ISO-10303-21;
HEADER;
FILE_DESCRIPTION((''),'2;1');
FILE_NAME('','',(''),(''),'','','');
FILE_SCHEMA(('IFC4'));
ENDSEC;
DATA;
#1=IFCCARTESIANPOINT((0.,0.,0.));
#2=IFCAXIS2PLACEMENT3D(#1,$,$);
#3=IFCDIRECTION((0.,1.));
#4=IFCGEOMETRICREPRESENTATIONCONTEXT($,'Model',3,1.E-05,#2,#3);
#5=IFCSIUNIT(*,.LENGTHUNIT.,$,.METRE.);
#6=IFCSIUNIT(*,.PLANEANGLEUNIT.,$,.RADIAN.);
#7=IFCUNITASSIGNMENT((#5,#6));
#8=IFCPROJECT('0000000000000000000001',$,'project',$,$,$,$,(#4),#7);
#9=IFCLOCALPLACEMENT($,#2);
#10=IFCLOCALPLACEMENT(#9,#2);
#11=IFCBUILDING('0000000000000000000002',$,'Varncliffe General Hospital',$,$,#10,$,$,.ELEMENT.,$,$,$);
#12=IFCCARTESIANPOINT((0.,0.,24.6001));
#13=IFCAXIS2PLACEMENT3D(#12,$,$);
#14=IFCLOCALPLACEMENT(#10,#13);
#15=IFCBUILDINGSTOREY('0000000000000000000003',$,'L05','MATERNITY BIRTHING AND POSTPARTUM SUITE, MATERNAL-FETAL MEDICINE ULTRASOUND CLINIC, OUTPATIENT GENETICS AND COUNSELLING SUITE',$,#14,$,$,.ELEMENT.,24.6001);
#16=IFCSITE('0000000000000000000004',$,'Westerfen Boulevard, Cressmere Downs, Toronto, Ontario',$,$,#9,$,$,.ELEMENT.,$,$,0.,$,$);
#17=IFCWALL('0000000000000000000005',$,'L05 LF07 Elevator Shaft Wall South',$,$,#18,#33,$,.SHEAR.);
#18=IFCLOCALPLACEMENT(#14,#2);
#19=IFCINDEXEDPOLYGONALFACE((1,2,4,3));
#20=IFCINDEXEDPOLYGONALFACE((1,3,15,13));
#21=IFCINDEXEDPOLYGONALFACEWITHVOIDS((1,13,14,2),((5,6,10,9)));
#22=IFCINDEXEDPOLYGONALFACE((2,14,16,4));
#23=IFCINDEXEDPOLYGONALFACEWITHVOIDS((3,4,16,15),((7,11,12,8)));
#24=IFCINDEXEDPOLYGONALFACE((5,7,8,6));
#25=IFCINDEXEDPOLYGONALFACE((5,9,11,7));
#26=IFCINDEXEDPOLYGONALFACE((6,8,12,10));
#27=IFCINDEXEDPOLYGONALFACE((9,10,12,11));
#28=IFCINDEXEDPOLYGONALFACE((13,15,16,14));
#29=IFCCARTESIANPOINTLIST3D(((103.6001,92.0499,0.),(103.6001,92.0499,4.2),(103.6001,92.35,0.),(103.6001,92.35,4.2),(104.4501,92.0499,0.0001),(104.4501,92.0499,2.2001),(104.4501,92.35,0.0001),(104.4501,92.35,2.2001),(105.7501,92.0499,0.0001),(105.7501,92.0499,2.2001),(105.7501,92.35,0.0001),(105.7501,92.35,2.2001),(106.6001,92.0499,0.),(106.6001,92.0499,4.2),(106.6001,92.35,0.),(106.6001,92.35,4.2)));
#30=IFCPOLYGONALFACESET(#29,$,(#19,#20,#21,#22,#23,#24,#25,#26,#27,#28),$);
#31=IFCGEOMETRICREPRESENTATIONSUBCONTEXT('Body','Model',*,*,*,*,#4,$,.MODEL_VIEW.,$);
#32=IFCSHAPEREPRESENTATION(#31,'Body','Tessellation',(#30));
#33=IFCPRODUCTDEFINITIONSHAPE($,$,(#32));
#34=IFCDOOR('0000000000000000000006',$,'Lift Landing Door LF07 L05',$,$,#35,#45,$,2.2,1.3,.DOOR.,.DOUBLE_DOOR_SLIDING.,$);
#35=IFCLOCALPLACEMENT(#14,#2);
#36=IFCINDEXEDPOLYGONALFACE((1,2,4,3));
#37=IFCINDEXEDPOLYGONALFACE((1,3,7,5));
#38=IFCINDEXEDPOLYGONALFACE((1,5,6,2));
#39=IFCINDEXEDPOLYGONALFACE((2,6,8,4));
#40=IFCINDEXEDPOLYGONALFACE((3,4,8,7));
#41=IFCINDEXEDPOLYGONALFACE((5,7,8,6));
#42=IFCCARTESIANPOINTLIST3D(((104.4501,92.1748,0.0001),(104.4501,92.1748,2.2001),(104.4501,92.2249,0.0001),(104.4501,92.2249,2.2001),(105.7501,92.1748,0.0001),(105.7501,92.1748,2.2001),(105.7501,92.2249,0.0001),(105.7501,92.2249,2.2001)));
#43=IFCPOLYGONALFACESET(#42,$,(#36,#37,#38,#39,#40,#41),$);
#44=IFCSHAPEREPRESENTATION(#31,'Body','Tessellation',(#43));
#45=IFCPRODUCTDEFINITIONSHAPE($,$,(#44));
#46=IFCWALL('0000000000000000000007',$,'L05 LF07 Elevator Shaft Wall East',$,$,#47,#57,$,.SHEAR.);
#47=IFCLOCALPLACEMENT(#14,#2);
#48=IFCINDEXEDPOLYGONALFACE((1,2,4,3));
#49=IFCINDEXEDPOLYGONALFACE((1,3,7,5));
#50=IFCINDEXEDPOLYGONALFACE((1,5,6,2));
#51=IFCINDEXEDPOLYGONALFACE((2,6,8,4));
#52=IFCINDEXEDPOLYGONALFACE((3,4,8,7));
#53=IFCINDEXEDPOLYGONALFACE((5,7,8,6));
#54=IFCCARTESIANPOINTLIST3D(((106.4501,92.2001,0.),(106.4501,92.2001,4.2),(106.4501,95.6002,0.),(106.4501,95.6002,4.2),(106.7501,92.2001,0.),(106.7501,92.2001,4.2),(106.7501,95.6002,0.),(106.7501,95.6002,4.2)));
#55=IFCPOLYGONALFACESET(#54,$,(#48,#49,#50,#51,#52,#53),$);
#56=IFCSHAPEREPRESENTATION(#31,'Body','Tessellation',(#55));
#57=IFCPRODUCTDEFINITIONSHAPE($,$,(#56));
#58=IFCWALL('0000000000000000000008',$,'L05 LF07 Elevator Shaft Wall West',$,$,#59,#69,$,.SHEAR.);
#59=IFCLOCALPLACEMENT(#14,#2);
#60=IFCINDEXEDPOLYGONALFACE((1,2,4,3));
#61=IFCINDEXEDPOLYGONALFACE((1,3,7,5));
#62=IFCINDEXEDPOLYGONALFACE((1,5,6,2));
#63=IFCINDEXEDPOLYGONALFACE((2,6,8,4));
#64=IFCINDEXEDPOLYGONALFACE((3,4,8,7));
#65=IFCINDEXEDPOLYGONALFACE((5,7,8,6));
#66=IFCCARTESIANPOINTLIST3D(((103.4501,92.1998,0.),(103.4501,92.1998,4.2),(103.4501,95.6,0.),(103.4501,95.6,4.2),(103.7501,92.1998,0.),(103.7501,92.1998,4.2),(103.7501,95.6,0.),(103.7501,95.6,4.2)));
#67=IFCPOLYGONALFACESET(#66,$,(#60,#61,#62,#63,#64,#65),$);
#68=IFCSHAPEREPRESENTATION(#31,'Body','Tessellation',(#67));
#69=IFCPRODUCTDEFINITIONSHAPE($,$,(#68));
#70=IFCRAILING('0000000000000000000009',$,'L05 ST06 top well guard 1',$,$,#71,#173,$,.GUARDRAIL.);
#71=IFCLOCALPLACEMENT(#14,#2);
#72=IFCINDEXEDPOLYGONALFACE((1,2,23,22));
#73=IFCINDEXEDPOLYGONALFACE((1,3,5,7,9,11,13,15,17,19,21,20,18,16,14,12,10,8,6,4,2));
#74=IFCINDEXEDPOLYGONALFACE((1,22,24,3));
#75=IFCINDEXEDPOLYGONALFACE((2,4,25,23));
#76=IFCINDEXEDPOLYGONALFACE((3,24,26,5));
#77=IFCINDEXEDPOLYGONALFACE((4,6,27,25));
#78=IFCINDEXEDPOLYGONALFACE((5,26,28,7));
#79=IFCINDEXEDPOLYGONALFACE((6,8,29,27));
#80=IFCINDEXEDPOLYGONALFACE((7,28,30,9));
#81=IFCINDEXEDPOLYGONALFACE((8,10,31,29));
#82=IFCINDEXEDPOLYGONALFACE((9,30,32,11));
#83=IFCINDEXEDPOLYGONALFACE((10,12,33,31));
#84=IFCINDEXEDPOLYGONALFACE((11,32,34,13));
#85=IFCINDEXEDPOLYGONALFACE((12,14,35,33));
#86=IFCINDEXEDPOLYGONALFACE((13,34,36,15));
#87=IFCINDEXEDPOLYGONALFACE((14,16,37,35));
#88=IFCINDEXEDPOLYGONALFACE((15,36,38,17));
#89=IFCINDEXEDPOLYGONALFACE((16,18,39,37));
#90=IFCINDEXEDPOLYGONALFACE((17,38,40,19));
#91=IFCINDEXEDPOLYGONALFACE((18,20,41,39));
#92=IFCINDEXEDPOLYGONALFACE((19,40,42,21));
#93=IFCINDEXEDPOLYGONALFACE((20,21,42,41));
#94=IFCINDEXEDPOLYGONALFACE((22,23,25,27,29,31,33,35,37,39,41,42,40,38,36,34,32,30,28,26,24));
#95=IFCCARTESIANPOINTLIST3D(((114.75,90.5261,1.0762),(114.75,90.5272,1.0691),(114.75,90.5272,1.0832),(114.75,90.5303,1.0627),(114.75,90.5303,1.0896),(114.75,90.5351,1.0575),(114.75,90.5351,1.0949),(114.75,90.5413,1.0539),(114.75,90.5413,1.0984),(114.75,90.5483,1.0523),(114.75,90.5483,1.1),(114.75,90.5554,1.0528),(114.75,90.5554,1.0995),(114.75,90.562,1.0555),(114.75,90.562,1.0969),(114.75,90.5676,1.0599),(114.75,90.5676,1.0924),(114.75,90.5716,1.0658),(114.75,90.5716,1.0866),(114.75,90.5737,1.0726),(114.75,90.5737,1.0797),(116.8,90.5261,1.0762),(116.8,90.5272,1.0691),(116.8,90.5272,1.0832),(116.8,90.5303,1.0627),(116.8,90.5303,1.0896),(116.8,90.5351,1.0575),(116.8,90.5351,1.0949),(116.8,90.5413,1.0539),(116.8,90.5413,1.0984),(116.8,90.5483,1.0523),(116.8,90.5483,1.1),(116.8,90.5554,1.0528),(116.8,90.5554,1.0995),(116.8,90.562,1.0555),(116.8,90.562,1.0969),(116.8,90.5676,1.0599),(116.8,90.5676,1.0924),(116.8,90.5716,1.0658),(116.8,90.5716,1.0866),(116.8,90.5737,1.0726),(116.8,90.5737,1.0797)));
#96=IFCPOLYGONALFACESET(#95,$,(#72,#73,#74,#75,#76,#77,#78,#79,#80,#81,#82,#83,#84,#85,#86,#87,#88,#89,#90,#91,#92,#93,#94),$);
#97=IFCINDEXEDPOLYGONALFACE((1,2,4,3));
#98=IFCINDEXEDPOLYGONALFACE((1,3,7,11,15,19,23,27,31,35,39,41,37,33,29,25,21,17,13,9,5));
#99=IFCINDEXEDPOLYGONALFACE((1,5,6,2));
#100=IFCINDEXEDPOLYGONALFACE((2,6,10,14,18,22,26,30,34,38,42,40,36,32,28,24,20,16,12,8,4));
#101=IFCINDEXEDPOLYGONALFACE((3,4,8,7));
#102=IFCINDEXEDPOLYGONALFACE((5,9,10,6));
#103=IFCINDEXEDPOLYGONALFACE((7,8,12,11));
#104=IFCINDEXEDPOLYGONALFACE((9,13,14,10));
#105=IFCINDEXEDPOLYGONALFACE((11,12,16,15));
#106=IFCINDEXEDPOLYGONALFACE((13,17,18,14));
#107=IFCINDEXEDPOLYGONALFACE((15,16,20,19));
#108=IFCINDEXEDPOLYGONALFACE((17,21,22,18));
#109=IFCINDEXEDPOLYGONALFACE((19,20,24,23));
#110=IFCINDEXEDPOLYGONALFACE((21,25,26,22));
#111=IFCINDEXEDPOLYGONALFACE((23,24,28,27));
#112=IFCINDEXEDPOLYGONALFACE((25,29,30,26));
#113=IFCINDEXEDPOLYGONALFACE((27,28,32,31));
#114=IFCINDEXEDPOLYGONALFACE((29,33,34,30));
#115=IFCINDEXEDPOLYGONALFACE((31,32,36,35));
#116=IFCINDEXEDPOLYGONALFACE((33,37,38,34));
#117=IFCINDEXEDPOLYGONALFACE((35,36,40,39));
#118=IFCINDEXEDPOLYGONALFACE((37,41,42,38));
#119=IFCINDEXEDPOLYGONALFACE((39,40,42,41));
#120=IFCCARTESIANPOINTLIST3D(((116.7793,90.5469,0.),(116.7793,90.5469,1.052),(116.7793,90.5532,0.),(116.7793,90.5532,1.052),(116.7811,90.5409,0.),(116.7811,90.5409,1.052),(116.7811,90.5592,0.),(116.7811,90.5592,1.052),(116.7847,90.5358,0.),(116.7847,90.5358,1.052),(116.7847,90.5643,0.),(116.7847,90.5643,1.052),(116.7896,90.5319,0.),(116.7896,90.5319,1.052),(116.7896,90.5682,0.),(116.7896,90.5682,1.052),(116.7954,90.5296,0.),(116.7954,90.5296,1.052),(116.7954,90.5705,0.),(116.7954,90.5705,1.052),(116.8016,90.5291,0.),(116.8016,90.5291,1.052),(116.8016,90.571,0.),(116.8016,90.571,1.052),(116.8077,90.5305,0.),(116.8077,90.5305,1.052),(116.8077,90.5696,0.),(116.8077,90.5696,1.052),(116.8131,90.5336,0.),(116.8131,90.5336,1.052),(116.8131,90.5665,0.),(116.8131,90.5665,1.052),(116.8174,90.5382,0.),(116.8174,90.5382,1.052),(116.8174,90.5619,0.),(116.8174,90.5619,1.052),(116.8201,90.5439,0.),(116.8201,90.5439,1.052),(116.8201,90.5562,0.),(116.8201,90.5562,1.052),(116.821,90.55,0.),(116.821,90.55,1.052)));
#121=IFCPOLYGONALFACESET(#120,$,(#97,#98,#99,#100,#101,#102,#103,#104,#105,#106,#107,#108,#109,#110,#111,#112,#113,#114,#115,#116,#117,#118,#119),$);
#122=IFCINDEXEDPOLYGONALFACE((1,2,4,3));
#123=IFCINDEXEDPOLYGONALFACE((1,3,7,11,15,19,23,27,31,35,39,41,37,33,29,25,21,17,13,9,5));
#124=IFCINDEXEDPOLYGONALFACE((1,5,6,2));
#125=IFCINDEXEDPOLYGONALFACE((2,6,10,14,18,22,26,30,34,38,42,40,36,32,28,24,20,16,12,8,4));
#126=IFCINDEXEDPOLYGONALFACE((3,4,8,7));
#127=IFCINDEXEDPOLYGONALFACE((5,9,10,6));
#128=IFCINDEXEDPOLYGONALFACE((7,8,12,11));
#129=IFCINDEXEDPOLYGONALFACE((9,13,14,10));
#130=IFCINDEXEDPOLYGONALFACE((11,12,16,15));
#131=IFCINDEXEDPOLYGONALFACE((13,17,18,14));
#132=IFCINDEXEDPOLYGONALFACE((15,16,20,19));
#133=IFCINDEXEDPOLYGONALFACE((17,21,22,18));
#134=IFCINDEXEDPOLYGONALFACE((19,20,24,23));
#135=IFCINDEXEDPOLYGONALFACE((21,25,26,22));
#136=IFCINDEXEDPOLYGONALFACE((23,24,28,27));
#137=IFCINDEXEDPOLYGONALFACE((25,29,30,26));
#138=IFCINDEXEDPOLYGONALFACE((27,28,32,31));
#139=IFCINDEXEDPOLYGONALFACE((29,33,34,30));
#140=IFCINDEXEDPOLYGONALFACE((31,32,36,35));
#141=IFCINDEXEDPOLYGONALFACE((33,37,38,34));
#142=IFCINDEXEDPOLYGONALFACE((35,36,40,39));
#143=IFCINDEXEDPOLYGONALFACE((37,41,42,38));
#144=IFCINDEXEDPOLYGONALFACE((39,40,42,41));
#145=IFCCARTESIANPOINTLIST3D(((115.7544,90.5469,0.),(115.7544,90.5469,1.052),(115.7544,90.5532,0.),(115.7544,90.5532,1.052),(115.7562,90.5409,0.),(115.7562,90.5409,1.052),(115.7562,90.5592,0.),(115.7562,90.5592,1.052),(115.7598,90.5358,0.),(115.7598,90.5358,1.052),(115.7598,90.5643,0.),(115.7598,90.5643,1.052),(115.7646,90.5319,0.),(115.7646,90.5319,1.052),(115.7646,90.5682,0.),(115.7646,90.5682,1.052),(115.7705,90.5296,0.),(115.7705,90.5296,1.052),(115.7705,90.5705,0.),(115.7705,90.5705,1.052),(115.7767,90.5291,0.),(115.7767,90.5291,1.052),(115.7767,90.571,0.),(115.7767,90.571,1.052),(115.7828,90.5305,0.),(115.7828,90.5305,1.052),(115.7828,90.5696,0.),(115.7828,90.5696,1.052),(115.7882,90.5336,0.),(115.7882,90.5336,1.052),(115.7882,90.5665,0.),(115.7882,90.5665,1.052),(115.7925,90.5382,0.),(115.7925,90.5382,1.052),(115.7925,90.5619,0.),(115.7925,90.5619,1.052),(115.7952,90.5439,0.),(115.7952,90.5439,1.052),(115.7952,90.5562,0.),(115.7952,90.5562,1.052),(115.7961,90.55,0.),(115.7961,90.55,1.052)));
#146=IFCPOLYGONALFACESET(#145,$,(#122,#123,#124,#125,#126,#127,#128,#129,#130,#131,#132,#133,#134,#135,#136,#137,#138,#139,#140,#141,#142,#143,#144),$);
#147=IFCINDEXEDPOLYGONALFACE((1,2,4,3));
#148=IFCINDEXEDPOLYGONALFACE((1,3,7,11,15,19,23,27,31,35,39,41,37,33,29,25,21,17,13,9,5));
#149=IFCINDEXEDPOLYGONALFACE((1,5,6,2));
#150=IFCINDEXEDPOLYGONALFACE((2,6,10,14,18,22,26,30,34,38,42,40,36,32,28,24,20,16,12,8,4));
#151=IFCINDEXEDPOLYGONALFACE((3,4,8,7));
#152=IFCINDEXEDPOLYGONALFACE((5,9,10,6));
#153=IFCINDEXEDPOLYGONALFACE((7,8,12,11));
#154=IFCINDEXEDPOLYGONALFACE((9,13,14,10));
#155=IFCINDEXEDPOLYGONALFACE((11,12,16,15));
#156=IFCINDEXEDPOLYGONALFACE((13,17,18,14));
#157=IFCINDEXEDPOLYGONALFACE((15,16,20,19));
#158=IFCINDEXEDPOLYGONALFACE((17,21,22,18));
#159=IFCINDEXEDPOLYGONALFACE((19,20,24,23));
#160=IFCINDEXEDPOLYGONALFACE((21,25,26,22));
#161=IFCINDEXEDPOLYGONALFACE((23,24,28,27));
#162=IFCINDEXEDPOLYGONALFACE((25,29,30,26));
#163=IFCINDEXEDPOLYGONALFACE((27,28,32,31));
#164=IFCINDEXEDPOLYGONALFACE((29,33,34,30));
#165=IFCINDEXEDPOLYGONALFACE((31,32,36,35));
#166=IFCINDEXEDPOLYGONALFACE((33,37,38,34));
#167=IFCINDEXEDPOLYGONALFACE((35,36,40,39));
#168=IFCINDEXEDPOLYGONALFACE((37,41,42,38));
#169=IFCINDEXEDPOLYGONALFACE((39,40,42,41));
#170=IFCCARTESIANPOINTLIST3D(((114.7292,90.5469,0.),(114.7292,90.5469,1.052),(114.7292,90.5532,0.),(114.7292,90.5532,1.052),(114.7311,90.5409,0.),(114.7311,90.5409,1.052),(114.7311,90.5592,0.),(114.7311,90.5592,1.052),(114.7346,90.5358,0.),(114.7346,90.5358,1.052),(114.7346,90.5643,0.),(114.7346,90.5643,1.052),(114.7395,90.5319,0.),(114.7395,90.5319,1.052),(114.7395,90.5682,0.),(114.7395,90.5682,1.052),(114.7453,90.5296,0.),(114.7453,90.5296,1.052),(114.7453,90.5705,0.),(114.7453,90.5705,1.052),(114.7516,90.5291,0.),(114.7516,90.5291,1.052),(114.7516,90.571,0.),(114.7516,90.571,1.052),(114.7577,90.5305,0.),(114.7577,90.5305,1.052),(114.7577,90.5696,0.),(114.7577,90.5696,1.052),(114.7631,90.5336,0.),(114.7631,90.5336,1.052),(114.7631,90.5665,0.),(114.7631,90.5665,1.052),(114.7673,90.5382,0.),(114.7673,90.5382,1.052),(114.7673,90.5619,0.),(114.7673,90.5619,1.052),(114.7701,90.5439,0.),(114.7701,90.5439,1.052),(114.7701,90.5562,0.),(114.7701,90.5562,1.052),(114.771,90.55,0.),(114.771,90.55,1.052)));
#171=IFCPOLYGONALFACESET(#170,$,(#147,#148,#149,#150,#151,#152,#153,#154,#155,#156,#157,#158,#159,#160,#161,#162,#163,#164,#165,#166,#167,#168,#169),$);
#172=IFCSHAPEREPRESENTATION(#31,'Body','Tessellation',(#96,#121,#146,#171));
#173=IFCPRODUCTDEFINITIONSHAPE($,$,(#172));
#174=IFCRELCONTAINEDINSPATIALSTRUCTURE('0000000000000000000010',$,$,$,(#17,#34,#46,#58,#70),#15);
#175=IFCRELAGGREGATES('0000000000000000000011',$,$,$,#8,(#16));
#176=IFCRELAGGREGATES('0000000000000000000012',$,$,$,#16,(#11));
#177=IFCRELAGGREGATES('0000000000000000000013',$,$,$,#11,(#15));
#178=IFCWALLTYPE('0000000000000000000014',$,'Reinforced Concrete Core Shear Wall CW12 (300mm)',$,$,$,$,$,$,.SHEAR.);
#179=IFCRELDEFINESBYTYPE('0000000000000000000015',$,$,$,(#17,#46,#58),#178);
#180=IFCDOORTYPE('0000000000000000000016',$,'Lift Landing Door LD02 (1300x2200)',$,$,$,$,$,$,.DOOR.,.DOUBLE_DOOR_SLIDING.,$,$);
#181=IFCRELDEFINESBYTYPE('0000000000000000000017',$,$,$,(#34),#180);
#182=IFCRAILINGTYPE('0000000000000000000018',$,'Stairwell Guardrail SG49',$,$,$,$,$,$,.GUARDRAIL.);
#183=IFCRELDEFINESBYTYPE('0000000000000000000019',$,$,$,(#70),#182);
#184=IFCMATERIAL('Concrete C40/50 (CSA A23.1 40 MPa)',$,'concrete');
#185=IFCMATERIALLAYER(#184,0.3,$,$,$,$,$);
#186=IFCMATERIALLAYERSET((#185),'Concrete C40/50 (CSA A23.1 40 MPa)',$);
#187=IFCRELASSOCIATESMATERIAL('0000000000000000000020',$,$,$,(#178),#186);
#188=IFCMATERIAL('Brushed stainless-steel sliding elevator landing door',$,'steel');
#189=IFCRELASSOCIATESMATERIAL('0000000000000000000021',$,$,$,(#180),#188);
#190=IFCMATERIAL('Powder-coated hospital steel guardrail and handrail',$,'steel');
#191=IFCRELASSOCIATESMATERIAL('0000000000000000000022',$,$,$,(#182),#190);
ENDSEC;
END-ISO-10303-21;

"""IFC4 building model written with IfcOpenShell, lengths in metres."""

from ifc_helpers import new_model, si_unit, direction, frame, frame_2d, origin, origin_2d, place, context, subcontext, project, spatial, rectangle, circle, extrude, material, layer, layer_set, type_object, element, fill, save


model = new_model("IFC4")

# Units and contexts
model_context = context("Model", 3, precision=1e-05, world=origin(), true_north=direction((0.0, 1.0)))
body_context = subcontext(model_context, "Body", "Model", "MODEL_VIEW")
ifc_project = project(units=[si_unit("LENGTHUNIT", "METRE"), si_unit("PLANEANGLEUNIT", "RADIAN")], contexts=[model_context])

# Site, building, storey
site_placement = place(None, origin())
site = spatial("IfcSite", under=ifc_project, at=site_placement, Name="Westerfen Boulevard, Cressmere Downs, Toronto, Ontario", CompositionType="ELEMENT", RefElevation=0.0)
building_placement = place(site_placement, origin())
building = spatial("IfcBuilding", under=site, at=building_placement, Name="Varncliffe General Hospital", CompositionType="ELEMENT")
storey_placement = place(building_placement, frame((0.0, 0.0, 24.6001)))
storey = spatial("IfcBuildingStorey", under=building, at=storey_placement, Name="L05", Description="MATERNITY BIRTHING AND POSTPARTUM SUITE, MATERNAL-FETAL MEDICINE ULTRASOUND CLINIC, OUTPATIENT GENETICS AND COUNSELLING SUITE", CompositionType="ELEMENT", Elevation=24.6001)

# Shared definitions
ifc_material_1 = material(Name="Concrete C40/50 (CSA A23.1 40 MPa)", Category="concrete")

# Shared definitions
ifc_layer_1 = layer(ifc_material_1, 0.3)
ifc_layer_set_1 = layer_set([ifc_layer_1], Name="Concrete C40/50 (CSA A23.1 40 MPa)")
wall_type_1 = type_object("IfcWallType", Name="Reinforced Concrete Core Shear Wall CW12 (300mm)", PredefinedType="SHEAR", material=ifc_layer_set_1)

# Wall, opening, door
wall_1_placement = place(storey_placement, frame((103.6001, 92.2, 0.0), z_axis=(0.0, 0.0, 1.0), x_axis=(1.0, 0.0, 0.0)))
wall_1 = element("IfcWall", 1, at=wall_1_placement, inside=storey, type_object=wall_type_1, Name="L05 LF07 Elevator Shaft Wall South", PredefinedType="SHEAR", context=body_context, shape_type="SweptSolid", body=[
    extrude(rectangle(XDim=3.0, YDim=0.3, at=frame_2d((1.5, 0.0))), origin(), (0.0, 0.0, 1.0), 4.2),
])
opening_1_placement = place(wall_1_placement, frame((0.8501, 0.0, 0.0)))
opening_1 = element("IfcOpeningElement", 2, at=opening_1_placement, cuts=wall_1, PredefinedType="OPENING", context=body_context, shape_type="SweptSolid", body=[
    extrude(rectangle(XDim=1.3, YDim=2.2, at=frame_2d((0.6499, 1.1001))), frame((0.0, 0.1602, 0.0), z_axis=(0.0, -1.0, 0.0), x_axis=(1.0, 0.0, 0.0)), (0.0, 0.0, 1.0), 0.3201),
])
ifc_material_2 = material(Name="Brushed stainless-steel sliding elevator landing door", Category="steel")
door_type_1 = type_object("IfcDoorType", Name="Lift Landing Door LD02 (1300x2200)", OperationType="DOUBLE_DOOR_SLIDING", PredefinedType="DOOR", material=ifc_material_2)
door_1_placement = place(opening_1_placement, origin())
door_1 = element("IfcDoor", 3, at=door_1_placement, inside=storey, type_object=door_type_1, Name="Lift Landing Door LF07 L05", OperationType="DOUBLE_DOOR_SLIDING", OverallHeight=2.2, OverallWidth=1.3, PredefinedType="DOOR", context=body_context, shape_type="SweptSolid", body=[
    extrude(rectangle(XDim=1.3, YDim=2.2, at=frame_2d((0.6499, 1.1001))), frame((0.0, 0.0249, 0.0), z_axis=(0.0, -1.0, 0.0), x_axis=(1.0, 0.0, 0.0)), (0.0, 0.0, 1.0), 0.05),
])
fill(opening_1, door_1)

# Walls
for number, where, z_axis, x_axis, name in (
    (4, (106.6001, 92.2, 0.0), (0.0, 0.0, 1.0), (0.0, 1.0, 0.0), "L05 LF07 Elevator Shaft Wall East"),
    (5, (103.6001, 95.6001, 0.0), (0.0, 0.0, 1.0), (0.0, -1.0, 0.0), "L05 LF07 Elevator Shaft Wall West"),
):
    element("IfcWall", number, at=place(storey_placement, frame(where, z_axis=z_axis, x_axis=x_axis)), inside=storey, type_object=wall_type_1, Name=name, PredefinedType="SHEAR", context=body_context, shape_type="SweptSolid", body=[
        extrude(rectangle(XDim=3.4001, YDim=0.3, at=frame_2d((1.7002, 0.0))), origin(), (0.0, 0.0, 1.0), 4.2),
    ])

# Railing
ifc_material_3 = material(Name="Powder-coated hospital steel guardrail and handrail", Category="steel")
railing_type = type_object("IfcRailingType", Name="Stairwell Guardrail SG49", PredefinedType="GUARDRAIL", material=ifc_material_3)
railing_placement = place(storey_placement, frame((116.8, 90.55, 0.0)))
element("IfcRailing", 6, at=railing_placement, inside=storey, type_object=railing_type, Name="L05 ST06 top well guard 1", PredefinedType="GUARDRAIL", context=body_context, shape_type="SweptSolid", body=[
    extrude(circle(Radius=0.0239, at=origin_2d()), frame((0.0, 0.0, 1.0762), z_axis=(-1.0, 0.0, 0.0), x_axis=(0.0, -1.0, 0.0)), (0.0, 0.0, 1.0), 2.05),
    extrude(circle(Radius=0.021, at=origin_2d()), origin(), (0.0, 0.0, 1.0), 1.052),
    extrude(circle(Radius=0.021, at=origin_2d()), frame((-1.0249, 0.0, 0.0)), (0.0, 0.0, 1.0), 1.052),
    extrude(circle(Radius=0.021, at=origin_2d()), frame((-2.05, 0.0, 0.0)), (0.0, 0.0, 1.0), 1.052),
])

save(model, "model.ifc")
